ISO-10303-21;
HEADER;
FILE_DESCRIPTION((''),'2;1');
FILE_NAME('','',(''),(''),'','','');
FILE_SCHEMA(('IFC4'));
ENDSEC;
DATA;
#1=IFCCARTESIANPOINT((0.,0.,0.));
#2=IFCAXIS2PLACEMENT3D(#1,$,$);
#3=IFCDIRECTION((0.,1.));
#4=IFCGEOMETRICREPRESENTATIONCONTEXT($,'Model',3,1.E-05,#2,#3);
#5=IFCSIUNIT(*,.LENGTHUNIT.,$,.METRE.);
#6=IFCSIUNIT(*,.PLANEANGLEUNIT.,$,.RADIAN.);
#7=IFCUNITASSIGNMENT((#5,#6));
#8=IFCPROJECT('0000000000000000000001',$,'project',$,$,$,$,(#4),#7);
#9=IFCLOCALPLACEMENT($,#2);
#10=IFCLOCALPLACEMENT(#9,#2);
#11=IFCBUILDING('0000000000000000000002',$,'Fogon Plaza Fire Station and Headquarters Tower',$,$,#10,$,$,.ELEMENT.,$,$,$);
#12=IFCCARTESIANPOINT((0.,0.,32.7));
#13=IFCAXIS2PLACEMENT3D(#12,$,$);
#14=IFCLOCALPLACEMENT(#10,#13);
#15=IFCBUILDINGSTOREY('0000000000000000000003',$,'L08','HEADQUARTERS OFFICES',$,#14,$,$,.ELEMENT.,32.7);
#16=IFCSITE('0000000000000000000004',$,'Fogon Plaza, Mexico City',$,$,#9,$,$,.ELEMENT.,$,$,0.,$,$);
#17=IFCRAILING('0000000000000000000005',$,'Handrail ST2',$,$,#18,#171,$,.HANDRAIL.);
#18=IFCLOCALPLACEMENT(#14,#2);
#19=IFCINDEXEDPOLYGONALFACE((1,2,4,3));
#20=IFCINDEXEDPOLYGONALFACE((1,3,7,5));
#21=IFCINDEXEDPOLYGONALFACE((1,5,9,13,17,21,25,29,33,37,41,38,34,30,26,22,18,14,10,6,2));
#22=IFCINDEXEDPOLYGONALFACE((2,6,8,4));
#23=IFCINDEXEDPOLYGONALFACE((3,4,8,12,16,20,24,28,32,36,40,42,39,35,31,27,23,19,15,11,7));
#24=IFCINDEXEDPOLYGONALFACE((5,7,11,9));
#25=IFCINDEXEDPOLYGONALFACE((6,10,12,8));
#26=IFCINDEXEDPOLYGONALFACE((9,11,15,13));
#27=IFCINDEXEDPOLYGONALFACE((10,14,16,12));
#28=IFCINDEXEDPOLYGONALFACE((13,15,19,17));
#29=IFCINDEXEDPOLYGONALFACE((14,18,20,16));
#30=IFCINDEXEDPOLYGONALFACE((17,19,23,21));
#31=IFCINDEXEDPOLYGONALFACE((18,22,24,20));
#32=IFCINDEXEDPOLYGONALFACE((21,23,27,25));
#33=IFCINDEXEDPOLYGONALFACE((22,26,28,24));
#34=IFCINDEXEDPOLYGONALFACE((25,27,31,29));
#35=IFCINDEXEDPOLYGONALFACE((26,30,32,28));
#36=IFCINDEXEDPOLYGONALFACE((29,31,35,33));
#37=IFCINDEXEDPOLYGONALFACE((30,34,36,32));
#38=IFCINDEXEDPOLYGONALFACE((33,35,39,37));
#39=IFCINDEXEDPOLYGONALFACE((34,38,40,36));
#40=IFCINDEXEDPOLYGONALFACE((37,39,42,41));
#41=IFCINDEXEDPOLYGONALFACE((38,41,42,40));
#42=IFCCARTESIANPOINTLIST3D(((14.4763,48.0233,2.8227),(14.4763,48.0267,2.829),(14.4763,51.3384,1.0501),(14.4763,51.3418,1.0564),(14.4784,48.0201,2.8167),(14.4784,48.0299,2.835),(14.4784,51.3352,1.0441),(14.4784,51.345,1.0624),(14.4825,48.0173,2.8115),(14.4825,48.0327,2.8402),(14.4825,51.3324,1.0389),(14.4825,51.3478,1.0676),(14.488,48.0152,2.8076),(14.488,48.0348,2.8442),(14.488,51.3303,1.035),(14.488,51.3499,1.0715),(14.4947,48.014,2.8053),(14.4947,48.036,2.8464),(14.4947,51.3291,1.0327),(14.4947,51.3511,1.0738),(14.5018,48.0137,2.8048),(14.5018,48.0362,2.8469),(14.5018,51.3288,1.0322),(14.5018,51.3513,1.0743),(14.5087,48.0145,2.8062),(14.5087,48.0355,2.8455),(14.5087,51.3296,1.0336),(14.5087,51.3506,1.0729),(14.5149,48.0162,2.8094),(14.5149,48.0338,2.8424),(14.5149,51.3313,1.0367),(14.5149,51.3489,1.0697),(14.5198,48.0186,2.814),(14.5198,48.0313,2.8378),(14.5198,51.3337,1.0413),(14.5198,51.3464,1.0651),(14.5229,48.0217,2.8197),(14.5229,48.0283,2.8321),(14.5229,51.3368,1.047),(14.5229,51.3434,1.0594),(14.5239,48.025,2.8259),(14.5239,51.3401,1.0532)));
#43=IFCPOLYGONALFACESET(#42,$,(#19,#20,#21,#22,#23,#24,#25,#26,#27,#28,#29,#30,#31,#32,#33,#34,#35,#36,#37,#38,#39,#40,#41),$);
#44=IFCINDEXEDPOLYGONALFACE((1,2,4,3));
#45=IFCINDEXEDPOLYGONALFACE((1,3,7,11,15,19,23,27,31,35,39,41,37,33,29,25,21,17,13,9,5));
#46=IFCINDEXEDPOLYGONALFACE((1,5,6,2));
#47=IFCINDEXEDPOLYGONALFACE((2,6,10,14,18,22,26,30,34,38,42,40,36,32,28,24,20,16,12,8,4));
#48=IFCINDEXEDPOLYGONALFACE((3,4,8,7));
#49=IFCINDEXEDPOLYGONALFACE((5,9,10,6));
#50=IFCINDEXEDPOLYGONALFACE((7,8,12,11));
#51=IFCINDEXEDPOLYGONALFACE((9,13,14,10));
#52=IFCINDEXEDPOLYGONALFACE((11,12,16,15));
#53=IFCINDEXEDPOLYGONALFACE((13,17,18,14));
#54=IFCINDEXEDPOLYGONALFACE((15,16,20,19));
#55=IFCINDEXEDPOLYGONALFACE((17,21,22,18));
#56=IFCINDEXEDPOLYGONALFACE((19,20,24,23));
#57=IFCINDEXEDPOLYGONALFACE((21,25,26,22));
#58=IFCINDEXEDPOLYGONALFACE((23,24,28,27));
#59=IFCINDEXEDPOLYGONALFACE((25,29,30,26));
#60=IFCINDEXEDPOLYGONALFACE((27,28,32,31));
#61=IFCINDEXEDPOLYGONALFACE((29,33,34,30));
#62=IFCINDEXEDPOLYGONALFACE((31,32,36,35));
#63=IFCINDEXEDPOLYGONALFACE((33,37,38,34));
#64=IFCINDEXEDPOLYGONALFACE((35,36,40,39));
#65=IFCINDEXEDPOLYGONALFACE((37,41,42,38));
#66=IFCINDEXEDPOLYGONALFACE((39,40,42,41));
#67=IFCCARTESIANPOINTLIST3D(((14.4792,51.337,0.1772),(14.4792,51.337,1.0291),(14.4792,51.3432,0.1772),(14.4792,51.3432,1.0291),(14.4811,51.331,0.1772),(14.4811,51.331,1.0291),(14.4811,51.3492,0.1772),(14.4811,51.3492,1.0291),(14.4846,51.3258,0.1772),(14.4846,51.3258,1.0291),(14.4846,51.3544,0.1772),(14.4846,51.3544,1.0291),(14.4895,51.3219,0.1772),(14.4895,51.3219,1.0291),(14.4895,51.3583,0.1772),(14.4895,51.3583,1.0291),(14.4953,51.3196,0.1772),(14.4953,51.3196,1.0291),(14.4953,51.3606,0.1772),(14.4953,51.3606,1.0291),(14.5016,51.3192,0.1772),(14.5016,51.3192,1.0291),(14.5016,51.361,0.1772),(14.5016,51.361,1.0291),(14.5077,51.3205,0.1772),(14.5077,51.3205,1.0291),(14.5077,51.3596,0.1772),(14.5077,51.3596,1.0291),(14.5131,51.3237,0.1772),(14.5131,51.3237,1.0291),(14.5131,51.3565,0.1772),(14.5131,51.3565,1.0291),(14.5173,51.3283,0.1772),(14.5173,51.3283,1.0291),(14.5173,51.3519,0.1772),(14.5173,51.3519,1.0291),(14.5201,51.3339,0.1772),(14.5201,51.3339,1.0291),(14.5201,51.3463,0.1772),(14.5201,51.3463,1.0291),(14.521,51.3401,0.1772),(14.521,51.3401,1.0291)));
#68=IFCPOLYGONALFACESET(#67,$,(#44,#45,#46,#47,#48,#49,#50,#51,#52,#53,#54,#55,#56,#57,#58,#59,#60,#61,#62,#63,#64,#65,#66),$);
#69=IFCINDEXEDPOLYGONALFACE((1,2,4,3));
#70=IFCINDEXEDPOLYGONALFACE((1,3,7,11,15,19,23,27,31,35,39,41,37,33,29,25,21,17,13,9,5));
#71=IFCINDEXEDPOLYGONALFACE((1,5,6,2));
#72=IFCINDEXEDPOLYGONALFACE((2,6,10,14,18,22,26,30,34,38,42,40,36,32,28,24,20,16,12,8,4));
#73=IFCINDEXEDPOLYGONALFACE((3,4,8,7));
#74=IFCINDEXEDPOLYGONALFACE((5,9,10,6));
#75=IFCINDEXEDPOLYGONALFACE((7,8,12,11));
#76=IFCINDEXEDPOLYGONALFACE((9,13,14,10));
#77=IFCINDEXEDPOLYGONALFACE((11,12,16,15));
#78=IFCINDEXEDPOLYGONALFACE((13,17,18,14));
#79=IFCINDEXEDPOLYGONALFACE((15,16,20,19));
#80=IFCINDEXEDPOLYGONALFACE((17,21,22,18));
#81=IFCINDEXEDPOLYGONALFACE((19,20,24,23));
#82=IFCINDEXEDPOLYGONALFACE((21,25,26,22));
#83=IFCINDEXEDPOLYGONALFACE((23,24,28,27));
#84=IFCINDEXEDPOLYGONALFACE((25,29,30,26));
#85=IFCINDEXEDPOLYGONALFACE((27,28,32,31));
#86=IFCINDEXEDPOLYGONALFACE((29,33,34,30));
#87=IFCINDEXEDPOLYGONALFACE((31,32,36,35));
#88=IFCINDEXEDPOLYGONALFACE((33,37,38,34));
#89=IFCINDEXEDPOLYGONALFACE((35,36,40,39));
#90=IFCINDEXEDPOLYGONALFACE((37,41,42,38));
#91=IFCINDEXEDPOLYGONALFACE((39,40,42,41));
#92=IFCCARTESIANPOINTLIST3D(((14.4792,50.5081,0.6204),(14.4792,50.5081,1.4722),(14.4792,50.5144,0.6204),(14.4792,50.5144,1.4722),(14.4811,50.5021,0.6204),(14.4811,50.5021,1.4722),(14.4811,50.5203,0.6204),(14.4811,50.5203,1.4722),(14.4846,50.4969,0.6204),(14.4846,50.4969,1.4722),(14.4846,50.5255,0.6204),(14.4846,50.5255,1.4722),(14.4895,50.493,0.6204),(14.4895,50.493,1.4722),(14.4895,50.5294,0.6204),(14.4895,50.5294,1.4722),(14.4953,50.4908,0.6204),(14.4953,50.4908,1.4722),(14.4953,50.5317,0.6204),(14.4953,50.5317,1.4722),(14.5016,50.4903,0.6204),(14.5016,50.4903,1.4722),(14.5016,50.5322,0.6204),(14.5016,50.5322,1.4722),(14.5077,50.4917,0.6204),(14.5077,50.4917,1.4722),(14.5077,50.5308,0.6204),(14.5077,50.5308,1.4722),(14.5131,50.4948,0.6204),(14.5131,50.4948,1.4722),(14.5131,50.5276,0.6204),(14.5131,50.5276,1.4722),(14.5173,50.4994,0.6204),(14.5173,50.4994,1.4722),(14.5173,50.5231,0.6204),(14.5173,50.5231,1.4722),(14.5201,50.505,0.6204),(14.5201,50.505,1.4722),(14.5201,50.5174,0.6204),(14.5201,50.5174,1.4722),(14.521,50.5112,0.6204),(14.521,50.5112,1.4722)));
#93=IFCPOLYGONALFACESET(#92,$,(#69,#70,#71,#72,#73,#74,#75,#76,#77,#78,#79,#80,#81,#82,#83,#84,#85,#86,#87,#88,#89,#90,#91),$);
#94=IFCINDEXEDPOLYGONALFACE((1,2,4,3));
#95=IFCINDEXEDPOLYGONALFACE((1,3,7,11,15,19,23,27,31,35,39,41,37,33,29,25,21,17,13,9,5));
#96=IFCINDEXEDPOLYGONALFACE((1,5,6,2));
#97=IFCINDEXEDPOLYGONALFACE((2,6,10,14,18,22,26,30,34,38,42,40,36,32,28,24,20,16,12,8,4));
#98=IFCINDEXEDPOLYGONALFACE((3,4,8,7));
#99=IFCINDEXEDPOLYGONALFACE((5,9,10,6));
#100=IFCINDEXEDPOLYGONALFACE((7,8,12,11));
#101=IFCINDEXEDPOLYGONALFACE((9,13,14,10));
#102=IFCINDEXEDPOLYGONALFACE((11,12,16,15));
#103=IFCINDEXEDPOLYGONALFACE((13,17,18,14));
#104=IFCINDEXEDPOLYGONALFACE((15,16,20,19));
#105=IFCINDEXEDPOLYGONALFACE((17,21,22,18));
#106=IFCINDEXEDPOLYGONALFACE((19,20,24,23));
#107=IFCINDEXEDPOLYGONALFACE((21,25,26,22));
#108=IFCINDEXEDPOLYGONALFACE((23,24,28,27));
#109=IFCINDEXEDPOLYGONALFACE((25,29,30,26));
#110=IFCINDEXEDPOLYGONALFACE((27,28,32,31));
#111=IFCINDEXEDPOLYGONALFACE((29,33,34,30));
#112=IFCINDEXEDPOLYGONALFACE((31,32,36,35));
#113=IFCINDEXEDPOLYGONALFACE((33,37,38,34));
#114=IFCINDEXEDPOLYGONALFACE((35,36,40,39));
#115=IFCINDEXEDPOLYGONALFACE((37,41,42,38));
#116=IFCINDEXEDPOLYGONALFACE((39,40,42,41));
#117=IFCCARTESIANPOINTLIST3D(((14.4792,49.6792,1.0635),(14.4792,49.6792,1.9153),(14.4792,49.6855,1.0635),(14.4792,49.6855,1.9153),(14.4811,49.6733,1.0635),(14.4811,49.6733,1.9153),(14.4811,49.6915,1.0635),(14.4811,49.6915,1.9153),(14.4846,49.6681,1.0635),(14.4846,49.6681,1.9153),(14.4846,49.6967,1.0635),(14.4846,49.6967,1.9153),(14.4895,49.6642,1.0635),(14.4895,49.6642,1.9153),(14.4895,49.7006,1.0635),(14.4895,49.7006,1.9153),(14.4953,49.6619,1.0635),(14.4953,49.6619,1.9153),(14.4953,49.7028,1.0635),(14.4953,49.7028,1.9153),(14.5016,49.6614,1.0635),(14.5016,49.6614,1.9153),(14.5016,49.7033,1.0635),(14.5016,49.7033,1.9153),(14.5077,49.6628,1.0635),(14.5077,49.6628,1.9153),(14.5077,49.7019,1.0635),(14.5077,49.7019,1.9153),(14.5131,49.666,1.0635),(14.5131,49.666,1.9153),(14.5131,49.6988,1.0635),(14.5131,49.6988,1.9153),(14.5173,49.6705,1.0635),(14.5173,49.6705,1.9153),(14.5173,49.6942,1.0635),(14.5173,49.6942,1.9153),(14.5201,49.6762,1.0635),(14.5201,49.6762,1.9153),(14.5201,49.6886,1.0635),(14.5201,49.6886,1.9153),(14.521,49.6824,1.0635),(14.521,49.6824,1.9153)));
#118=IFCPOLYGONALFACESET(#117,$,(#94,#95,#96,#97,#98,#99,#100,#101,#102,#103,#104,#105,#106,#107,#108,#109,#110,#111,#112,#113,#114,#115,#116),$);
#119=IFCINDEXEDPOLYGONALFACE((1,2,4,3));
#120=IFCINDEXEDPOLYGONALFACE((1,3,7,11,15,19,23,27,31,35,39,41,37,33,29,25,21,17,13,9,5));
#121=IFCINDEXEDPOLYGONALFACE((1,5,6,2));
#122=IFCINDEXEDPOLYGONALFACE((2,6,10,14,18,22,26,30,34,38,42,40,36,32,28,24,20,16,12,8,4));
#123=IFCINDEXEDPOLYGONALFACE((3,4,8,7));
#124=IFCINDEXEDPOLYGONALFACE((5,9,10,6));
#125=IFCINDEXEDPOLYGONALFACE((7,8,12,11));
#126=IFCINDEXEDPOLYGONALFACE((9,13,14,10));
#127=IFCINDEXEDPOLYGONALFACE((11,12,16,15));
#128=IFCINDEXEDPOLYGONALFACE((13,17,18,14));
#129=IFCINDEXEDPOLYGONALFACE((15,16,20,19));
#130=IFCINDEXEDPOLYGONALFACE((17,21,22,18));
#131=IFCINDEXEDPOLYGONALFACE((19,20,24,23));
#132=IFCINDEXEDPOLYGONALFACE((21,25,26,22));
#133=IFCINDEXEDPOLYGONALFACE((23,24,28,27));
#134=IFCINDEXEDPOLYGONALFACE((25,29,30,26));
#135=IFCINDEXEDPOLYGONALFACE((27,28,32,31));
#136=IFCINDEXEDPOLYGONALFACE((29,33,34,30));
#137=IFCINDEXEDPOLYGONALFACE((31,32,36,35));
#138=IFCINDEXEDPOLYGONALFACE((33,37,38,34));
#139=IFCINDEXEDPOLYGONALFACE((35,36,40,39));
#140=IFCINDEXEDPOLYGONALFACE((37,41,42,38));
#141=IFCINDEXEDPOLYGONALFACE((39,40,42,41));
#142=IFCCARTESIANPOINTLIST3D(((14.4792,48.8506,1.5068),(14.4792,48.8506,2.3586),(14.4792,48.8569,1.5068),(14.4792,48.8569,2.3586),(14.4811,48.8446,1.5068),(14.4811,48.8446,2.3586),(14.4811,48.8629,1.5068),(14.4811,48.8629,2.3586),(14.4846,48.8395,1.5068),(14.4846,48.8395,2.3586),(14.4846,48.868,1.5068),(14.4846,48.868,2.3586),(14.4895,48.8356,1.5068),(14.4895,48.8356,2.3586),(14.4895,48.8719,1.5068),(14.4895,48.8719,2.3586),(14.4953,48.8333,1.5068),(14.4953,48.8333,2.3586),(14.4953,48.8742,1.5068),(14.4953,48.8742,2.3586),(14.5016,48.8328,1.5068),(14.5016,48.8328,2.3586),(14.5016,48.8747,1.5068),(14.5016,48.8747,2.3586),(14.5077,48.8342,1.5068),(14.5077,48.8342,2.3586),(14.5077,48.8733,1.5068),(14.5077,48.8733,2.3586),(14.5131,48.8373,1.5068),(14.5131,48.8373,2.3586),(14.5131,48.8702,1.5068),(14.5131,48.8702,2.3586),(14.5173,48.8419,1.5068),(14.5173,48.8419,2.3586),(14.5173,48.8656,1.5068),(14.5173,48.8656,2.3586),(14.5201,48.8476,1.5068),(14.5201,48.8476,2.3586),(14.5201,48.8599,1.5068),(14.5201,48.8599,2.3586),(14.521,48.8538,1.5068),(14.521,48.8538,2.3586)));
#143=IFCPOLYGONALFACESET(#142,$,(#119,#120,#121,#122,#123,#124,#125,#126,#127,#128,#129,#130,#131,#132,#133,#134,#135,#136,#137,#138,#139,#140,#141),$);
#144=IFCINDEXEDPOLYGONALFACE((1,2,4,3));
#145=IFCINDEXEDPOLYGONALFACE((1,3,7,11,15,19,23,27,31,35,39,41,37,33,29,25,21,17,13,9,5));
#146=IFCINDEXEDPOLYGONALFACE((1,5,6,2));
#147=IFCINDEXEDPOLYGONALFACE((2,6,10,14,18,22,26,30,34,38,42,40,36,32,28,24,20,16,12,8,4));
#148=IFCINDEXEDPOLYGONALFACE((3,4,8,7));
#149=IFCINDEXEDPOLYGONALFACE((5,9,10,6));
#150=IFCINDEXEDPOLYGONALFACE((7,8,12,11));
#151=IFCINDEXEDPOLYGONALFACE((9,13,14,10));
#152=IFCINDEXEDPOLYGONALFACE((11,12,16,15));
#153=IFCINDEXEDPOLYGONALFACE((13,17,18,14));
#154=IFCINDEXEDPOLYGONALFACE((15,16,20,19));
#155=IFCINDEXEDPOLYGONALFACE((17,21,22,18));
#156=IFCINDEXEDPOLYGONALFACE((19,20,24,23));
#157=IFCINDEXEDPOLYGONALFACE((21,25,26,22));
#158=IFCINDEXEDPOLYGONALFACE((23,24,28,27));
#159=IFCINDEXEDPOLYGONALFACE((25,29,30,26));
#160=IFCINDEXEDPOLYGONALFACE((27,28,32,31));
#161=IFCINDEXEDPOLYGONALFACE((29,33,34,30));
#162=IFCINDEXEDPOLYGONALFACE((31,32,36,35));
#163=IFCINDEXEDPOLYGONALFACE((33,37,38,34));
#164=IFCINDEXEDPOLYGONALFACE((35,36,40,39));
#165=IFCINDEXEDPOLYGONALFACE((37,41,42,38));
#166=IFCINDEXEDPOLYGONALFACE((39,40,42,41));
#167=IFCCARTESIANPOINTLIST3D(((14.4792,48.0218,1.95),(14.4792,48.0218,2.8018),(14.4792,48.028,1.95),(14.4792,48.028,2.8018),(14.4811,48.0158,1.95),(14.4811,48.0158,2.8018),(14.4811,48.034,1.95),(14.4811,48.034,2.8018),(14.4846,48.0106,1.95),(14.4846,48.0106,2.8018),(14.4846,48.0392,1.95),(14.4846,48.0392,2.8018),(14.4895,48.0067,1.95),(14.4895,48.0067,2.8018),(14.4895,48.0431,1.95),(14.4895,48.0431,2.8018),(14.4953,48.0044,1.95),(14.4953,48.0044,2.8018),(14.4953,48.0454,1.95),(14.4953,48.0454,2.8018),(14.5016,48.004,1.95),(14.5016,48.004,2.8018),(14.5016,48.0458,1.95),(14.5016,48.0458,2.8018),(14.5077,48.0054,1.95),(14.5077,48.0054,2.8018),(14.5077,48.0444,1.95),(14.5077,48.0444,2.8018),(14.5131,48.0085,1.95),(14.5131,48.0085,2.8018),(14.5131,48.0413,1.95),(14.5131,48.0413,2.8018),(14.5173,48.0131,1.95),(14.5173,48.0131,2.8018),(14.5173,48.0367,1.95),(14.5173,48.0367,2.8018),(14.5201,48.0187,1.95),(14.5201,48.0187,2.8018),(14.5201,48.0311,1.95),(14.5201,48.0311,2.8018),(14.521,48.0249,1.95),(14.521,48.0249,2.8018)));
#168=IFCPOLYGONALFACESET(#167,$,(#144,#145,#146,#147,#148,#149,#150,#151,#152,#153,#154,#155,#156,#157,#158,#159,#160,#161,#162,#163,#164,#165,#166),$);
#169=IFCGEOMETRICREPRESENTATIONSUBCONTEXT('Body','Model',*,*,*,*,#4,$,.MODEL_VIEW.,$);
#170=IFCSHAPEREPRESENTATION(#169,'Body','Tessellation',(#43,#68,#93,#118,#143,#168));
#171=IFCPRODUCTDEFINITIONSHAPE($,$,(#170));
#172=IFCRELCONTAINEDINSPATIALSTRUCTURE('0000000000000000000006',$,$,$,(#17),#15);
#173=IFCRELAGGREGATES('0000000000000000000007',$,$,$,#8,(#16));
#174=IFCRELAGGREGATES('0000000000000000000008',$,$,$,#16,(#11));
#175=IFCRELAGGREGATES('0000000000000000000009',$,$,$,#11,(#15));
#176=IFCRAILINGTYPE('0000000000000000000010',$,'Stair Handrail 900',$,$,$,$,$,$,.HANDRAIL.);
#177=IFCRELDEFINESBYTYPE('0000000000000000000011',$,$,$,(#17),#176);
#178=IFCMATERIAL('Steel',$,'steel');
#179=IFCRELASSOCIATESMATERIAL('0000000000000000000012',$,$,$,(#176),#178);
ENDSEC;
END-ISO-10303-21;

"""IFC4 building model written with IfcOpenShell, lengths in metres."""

from ifc_helpers import new_model, si_unit, direction, frame, origin, origin_2d, place, context, subcontext, project, spatial, circle, extrude, material, type_object, element, save


model = new_model("IFC4")

# Units and contexts
model_context = context("Model", 3, precision=1e-05, world=origin(), true_north=direction((0.0, 1.0)))
body_context = subcontext(model_context, "Body", "Model", "MODEL_VIEW")
ifc_project = project(units=[si_unit("LENGTHUNIT", "METRE"), si_unit("PLANEANGLEUNIT", "RADIAN")], contexts=[model_context])

# Site, building, storey
site_placement = place(None, origin())
site = spatial("IfcSite", under=ifc_project, at=site_placement, Name="Fogon Plaza, Mexico City", CompositionType="ELEMENT", RefElevation=0.0)
building_placement = place(site_placement, origin())
building = spatial("IfcBuilding", under=site, at=building_placement, Name="Fogon Plaza Fire Station and Headquarters Tower", CompositionType="ELEMENT")
storey_placement = place(building_placement, frame((0.0, 0.0, 32.7)))
storey = spatial("IfcBuildingStorey", under=building, at=storey_placement, Name="L08", Description="HEADQUARTERS OFFICES", CompositionType="ELEMENT", Elevation=32.7)

# Railing
ifc_material_1 = material(Name="Steel", Category="steel")
railing_type = type_object("IfcRailingType", Name="Stair Handrail 900", PredefinedType="HANDRAIL", material=ifc_material_1)
for number, where, name in (
    (1, (14.5, 51.3401, 0.1772), "Handrail ST2"),
):
    element("IfcRailing", number, at=place(storey_placement, frame(where)), inside=storey, type_object=railing_type, Name=name, PredefinedType="HANDRAIL", context=body_context, shape_type="SweptSolid", body=[
        extrude(circle(Radius=0.0239, at=origin_2d()), frame((0.0, 0.0, 0.876), z_axis=(0.0, -0.881844, 0.471542), x_axis=(1.0, 0.0, 0.0)), (0.0, 0.0, 1.0), 3.7593),
        extrude(circle(Radius=0.021, at=origin_2d()), origin(), (0.0, 0.0, 1.0), 0.8518),
        extrude(circle(Radius=0.021, at=origin_2d()), frame((0.0, -0.8289, 0.4431)), (0.0, 0.0, 1.0), 0.8518),
        extrude(circle(Radius=0.021, at=origin_2d()), frame((0.0, -1.6577, 0.8862)), (0.0, 0.0, 1.0), 0.8518),
        extrude(circle(Radius=0.021, at=origin_2d()), frame((0.0, -2.4863, 1.3296)), (0.0, 0.0, 1.0), 0.8518),
        extrude(circle(Radius=0.021, at=origin_2d()), frame((0.0, -3.3152, 1.7727)), (0.0, 0.0, 1.0), 0.8518),
    ])

save(model, "model.ifc")
